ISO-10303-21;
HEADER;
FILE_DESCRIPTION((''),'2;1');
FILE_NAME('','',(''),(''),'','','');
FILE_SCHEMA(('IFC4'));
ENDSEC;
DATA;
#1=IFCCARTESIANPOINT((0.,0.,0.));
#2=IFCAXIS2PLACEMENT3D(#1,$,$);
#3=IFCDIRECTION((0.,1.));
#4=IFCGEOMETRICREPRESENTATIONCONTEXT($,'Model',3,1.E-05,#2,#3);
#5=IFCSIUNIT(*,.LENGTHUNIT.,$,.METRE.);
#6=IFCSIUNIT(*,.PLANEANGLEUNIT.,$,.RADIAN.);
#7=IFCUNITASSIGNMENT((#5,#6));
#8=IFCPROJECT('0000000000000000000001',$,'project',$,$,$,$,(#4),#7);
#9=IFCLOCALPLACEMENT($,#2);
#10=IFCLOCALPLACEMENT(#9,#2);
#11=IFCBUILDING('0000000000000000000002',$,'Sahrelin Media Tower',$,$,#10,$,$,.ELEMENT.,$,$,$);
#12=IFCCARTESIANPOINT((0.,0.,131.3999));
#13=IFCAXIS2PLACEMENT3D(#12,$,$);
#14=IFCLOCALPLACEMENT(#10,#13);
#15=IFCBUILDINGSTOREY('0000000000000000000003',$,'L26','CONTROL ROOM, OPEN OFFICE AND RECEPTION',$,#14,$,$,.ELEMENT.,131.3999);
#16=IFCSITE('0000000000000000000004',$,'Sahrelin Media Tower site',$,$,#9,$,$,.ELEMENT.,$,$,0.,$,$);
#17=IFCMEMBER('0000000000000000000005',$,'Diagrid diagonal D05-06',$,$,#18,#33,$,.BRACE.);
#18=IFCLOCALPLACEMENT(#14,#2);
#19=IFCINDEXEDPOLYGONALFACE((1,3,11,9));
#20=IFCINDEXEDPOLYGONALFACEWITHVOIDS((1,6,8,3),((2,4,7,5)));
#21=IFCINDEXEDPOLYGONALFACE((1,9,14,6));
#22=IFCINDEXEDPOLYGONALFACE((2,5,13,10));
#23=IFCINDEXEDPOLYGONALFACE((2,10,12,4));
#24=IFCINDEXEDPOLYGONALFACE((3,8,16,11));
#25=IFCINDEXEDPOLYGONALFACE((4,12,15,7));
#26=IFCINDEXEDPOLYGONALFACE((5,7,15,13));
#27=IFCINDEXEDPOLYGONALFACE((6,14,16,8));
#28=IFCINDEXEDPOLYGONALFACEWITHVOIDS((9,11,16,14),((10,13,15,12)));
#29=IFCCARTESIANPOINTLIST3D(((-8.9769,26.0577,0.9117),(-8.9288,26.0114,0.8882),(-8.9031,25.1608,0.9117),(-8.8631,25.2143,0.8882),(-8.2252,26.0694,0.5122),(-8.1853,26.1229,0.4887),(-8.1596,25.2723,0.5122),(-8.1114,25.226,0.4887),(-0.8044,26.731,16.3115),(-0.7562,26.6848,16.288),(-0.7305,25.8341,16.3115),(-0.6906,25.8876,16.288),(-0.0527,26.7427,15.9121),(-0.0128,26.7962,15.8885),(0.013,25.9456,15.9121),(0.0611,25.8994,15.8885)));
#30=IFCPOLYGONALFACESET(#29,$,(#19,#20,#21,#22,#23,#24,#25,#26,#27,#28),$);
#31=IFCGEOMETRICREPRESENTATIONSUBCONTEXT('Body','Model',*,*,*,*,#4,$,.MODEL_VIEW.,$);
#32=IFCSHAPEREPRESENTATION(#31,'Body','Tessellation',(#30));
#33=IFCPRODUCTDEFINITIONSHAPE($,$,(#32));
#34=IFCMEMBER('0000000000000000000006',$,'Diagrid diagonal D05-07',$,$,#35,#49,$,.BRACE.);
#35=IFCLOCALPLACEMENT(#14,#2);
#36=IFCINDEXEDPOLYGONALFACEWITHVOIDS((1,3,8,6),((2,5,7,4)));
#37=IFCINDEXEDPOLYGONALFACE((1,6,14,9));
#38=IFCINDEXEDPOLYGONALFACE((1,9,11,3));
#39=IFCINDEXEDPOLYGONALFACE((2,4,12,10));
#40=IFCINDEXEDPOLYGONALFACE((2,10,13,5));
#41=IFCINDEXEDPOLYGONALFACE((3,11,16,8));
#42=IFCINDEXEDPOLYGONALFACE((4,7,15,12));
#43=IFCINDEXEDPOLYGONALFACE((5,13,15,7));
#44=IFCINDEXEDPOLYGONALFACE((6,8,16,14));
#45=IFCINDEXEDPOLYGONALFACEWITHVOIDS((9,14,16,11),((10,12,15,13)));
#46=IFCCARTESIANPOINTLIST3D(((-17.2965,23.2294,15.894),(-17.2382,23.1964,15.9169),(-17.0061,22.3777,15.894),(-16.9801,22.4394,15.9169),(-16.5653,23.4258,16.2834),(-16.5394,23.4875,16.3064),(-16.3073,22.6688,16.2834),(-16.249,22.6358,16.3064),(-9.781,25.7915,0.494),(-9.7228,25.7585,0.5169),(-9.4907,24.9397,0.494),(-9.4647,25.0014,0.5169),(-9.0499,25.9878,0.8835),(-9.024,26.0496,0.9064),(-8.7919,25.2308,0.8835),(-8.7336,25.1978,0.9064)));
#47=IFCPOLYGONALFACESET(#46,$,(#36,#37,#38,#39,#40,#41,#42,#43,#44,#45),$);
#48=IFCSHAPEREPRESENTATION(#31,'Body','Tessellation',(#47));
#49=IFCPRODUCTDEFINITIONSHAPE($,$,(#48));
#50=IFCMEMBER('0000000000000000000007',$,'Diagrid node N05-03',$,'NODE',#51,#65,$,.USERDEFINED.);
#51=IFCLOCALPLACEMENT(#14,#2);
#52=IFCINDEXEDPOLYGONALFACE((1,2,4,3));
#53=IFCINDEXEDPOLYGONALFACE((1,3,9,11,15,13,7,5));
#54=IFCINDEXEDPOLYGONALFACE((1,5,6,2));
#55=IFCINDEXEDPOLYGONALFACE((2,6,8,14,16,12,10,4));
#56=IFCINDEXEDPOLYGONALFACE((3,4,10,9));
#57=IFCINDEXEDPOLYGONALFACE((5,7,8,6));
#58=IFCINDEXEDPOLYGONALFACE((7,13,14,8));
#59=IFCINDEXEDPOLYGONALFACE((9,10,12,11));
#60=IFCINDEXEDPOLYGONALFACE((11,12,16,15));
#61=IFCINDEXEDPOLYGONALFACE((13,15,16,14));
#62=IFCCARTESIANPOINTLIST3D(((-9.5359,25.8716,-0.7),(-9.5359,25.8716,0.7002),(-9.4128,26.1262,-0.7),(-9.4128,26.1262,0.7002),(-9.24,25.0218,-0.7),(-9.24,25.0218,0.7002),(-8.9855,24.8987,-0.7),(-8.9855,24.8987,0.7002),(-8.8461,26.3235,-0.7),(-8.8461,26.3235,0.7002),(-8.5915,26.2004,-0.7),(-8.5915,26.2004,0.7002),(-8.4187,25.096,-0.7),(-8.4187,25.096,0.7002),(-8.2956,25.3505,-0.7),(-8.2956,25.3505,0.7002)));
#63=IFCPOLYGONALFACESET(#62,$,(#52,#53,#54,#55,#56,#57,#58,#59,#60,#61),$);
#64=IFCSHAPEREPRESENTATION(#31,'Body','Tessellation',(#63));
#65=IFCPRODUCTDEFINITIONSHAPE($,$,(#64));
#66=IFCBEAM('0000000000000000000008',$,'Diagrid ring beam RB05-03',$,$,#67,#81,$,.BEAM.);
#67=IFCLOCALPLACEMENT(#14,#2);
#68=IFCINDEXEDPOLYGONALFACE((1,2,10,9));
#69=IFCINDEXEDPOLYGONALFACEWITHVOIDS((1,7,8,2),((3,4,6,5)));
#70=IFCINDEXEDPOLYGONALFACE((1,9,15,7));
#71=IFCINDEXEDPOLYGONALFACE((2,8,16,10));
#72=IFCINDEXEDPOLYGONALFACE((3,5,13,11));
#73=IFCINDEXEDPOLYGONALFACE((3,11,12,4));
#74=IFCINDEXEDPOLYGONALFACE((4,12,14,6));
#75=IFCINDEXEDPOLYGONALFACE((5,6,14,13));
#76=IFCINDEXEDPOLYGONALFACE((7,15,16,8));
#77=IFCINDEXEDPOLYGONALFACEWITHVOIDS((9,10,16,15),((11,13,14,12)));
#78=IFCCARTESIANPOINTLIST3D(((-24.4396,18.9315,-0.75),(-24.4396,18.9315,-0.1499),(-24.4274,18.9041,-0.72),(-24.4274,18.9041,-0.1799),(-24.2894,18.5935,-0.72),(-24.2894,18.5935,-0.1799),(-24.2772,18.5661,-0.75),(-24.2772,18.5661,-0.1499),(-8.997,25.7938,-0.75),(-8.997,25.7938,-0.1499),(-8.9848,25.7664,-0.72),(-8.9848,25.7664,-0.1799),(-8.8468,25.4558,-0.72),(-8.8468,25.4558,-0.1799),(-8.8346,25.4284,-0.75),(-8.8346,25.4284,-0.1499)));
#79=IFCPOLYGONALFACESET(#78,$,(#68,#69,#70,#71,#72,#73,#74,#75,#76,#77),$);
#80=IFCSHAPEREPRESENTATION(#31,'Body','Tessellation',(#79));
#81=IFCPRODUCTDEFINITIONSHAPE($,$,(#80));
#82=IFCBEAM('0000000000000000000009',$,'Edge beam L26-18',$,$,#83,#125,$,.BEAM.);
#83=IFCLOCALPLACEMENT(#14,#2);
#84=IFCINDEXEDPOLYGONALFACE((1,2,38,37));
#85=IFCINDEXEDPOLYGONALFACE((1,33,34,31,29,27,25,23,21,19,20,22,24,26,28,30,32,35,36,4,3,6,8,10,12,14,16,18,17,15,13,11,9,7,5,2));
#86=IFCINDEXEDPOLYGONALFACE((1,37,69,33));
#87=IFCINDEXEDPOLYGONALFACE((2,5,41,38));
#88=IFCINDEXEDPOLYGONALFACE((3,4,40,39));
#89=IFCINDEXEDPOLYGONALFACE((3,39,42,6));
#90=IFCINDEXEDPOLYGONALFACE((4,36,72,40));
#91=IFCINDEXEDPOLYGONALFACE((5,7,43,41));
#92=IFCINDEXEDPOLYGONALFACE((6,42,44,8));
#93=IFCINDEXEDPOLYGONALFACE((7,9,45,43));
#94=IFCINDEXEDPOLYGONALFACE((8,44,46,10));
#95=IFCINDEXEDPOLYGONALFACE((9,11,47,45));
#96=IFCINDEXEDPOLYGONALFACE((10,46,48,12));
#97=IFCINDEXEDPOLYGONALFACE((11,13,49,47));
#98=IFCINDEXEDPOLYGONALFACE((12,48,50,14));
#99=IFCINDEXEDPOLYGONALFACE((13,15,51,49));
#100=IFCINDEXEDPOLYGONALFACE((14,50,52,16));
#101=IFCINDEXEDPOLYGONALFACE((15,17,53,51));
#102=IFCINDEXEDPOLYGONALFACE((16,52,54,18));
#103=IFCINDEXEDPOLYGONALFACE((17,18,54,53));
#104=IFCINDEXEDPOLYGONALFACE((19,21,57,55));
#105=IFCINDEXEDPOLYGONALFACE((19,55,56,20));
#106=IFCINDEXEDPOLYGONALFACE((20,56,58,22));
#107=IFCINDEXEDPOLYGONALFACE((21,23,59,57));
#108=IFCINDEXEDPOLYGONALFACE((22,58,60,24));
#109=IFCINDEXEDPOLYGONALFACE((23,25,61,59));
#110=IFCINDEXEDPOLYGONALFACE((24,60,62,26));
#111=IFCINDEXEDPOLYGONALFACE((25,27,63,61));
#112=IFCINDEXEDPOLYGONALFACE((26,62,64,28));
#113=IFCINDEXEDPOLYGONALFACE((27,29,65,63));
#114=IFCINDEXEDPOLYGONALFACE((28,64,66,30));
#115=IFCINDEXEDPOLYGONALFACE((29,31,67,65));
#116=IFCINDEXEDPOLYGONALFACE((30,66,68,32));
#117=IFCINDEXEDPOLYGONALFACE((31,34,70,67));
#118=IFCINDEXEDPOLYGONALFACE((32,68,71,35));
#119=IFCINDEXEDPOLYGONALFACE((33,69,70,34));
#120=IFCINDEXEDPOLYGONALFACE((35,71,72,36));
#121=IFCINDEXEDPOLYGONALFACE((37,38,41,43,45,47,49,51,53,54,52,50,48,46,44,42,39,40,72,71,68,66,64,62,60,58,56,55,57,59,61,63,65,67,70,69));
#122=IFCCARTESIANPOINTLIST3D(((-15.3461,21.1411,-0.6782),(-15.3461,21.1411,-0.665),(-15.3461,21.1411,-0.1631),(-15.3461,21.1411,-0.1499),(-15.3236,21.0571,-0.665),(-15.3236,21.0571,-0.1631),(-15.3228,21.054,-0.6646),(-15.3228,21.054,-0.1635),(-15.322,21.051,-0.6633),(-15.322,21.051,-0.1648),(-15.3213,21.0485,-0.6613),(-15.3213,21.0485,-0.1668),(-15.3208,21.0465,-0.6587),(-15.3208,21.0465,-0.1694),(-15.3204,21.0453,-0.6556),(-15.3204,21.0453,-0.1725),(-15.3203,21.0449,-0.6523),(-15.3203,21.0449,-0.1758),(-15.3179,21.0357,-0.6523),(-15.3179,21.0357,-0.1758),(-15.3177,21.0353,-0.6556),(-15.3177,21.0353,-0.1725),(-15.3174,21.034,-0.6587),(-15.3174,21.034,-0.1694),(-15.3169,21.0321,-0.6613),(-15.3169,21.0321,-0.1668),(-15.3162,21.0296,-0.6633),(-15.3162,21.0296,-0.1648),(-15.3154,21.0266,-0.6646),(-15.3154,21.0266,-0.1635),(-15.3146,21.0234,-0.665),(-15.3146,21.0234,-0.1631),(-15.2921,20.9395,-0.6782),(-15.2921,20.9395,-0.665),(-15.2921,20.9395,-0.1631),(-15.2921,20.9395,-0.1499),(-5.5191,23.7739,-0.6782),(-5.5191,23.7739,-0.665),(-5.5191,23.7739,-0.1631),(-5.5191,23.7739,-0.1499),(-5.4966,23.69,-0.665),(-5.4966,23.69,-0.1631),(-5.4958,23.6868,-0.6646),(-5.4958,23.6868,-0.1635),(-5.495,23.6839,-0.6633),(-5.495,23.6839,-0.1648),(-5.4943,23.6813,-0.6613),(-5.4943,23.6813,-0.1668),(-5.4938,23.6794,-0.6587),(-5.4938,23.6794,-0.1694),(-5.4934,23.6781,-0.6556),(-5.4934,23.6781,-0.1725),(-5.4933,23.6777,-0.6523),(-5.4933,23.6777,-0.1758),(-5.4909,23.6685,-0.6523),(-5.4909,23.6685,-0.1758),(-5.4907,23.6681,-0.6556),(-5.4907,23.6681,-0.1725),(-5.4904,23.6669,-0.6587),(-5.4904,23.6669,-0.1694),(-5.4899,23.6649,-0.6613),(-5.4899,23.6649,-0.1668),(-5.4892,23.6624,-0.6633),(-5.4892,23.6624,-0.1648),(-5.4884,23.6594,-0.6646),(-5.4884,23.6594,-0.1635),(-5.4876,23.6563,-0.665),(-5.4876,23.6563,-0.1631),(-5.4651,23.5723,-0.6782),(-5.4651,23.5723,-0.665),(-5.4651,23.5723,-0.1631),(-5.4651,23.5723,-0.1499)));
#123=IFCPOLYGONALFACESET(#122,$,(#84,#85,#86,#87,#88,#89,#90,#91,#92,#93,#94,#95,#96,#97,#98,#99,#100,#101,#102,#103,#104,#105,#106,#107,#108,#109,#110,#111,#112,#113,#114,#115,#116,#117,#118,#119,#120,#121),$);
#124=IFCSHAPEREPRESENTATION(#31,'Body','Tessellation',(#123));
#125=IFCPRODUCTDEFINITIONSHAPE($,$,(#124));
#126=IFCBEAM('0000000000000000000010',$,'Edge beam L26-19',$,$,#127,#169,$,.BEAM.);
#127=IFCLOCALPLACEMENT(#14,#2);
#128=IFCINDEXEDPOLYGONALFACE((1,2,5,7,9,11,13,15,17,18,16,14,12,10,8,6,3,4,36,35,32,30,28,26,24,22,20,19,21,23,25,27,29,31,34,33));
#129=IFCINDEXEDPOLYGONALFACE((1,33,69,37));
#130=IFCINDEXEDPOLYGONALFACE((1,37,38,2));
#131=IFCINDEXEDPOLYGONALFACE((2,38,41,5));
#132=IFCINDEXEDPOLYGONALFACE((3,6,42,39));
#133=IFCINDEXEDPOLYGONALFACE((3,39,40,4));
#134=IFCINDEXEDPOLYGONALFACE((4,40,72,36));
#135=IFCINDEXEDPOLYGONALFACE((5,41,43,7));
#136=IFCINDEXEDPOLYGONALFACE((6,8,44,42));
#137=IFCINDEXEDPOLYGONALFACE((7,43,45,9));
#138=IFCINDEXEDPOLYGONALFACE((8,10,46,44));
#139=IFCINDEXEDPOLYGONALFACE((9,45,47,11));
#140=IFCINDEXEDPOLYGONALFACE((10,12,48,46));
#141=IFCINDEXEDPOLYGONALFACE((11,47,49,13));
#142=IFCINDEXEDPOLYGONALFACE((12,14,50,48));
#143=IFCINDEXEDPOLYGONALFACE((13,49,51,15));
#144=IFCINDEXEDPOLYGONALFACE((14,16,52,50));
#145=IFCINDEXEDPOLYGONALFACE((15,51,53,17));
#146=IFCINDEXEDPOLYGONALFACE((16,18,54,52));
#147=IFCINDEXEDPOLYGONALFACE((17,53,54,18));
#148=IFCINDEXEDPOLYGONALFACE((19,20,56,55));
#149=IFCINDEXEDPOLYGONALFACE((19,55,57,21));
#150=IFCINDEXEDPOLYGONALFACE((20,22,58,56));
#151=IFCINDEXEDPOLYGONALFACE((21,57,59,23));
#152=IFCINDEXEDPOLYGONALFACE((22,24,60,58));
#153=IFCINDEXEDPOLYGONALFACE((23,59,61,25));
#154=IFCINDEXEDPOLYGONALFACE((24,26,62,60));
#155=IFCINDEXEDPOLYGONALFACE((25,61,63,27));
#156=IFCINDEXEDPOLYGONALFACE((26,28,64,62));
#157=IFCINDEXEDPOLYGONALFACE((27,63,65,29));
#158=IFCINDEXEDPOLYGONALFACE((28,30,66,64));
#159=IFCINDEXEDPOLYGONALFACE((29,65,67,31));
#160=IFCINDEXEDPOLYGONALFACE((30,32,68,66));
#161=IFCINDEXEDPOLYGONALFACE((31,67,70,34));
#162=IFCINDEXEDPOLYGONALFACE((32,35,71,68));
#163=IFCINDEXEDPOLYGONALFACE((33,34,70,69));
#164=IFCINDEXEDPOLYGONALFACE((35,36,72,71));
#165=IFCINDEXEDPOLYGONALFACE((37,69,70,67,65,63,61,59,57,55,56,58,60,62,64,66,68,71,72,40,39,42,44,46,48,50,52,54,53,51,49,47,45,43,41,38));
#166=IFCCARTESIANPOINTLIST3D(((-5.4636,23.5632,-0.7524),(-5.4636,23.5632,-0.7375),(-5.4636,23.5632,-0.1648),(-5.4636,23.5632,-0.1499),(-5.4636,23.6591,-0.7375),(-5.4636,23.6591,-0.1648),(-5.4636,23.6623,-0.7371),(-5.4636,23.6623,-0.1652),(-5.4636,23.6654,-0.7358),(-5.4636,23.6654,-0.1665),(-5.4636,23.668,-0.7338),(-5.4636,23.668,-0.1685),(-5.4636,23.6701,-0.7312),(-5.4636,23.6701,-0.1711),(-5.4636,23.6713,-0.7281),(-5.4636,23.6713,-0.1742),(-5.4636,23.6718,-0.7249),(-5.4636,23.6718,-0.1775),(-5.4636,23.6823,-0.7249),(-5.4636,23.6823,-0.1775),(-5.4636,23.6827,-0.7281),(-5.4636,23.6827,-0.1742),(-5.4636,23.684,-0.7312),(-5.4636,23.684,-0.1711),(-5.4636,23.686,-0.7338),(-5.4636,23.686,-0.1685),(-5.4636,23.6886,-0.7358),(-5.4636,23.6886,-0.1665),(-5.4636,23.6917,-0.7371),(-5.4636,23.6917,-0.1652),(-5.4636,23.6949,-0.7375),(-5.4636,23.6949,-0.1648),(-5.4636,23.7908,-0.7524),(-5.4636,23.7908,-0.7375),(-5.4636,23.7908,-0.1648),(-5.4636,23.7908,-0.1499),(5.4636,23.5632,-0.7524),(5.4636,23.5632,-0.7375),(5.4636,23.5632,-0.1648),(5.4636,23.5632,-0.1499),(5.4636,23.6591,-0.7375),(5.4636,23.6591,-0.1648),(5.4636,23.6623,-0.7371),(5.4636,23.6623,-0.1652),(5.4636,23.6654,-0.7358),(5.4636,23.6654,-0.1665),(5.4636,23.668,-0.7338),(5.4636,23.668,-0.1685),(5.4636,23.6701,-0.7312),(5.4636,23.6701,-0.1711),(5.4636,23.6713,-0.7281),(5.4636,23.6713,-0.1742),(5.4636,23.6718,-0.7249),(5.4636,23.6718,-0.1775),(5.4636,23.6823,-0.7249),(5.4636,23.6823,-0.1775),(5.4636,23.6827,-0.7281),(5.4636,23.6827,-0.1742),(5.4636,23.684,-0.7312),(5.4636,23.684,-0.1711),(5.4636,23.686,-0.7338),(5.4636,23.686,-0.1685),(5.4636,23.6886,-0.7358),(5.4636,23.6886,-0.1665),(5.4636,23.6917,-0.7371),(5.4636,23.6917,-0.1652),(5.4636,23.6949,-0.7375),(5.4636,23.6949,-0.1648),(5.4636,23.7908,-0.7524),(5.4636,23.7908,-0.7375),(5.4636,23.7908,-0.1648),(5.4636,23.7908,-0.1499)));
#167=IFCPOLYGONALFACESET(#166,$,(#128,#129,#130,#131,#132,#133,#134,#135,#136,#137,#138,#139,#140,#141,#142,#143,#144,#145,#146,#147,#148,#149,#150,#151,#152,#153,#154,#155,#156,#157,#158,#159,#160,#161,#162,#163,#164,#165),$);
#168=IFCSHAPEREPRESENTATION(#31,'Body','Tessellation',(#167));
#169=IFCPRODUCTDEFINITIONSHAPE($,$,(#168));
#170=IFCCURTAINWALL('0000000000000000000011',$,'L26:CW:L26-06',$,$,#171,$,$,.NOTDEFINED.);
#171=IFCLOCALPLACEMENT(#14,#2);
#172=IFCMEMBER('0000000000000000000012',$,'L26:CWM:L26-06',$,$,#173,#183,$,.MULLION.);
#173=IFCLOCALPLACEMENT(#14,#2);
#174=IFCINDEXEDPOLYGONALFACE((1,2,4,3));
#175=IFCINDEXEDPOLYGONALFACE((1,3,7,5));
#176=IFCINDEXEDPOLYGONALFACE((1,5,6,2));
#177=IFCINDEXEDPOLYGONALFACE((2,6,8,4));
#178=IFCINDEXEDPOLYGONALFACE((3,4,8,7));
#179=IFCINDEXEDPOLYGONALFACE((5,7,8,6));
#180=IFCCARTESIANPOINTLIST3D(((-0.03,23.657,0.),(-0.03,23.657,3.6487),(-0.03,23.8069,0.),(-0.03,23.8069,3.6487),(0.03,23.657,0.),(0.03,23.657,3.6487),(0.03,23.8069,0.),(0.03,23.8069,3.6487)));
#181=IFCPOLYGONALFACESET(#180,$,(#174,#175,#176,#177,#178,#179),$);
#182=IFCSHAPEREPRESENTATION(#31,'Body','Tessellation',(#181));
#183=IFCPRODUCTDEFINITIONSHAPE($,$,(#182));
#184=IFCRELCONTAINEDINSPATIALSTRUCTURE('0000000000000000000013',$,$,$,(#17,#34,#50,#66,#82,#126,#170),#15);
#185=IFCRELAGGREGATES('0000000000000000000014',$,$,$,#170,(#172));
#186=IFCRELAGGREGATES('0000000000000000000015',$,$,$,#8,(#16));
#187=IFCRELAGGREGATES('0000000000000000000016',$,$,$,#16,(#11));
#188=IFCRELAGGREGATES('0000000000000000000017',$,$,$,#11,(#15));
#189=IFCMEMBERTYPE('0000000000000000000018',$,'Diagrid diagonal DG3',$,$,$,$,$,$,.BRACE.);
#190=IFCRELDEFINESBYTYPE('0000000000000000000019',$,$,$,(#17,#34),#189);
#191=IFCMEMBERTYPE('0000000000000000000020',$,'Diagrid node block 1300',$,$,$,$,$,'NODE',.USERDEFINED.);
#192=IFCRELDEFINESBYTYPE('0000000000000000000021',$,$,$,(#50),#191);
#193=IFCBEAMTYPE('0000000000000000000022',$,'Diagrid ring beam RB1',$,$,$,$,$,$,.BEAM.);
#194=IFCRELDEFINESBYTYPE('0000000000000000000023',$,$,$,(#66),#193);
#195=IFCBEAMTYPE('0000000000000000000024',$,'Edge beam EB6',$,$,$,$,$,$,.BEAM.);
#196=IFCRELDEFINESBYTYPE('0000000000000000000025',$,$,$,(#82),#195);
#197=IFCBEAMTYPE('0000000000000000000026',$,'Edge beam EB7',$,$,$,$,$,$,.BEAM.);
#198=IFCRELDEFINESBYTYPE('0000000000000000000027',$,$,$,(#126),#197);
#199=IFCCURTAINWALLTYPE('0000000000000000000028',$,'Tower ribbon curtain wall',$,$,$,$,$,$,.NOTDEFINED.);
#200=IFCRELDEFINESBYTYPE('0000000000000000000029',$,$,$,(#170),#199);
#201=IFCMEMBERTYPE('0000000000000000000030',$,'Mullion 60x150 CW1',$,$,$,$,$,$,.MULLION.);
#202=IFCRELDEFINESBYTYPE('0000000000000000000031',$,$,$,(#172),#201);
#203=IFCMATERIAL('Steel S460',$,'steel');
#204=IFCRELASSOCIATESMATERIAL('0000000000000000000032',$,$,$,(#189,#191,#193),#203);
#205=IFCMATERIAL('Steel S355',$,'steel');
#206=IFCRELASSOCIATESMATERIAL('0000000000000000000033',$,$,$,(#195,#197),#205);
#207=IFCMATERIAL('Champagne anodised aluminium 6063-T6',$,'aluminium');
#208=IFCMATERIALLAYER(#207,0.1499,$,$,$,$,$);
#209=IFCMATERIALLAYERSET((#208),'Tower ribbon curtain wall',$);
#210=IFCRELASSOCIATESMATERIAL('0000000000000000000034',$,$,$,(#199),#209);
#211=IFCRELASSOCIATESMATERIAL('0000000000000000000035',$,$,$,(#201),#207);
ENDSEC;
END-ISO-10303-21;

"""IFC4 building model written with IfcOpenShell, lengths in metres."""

from ifc_helpers import new_model, si_unit, direction, frame, origin, origin_2d, place, context, subcontext, project, spatial, polyline, rectangle, hollow_rectangle, i_section, outline, extrude, material, layer, layer_set, material_profile, profile_set, type_object, element, aggregate, save


model = new_model("IFC4")

# Units and contexts
model_context = context("Model", 3, precision=1e-05, world=origin(), true_north=direction((0.0, 1.0)))
body_context = subcontext(model_context, "Body", "Model", "MODEL_VIEW")
ifc_project = project(units=[si_unit("LENGTHUNIT", "METRE"), si_unit("PLANEANGLEUNIT", "RADIAN")], contexts=[model_context])

# Site, building, storey
site_placement = place(None, origin())
site = spatial("IfcSite", under=ifc_project, at=site_placement, Name="Sahrelin Media Tower site", CompositionType="ELEMENT", RefElevation=0.0)
building_placement = place(site_placement, origin())
building = spatial("IfcBuilding", under=site, at=building_placement, Name="Sahrelin Media Tower", CompositionType="ELEMENT")
storey_placement = place(building_placement, frame((0.0, 0.0, 131.3999)))
storey = spatial("IfcBuildingStorey", under=building, at=storey_placement, Name="L26", Description="CONTROL ROOM, OPEN OFFICE AND RECEPTION", CompositionType="ELEMENT", Elevation=131.3999)

# Members
ifc_material_1 = material(Name="Steel S460", Category="steel")
ifc_material_profile_1 = material_profile(ifc_material_1, hollow_rectangle(XDim=0.8999, YDim=0.8999, WallThickness=0.05, at=origin_2d()), Name="Diagrid diagonal DG3")
ifc_profile_set_1 = profile_set([ifc_material_profile_1], Name="Steel S460")
member_type_1 = type_object("IfcMemberType", Name="Diagrid diagonal DG3", PredefinedType="BRACE", material=ifc_profile_set_1)
member_1_placement = place(storey_placement, frame((-8.5442, 25.6418, 0.7002), z_axis=(0.468422, 0.038593, 0.882662), x_axis=(-0.082112, 0.996623, 0.0)))
element("IfcMember", 1, at=member_1_placement, inside=storey, type_object=member_type_1, Name="Diagrid diagonal D05-06", PredefinedType="BRACE", context=body_context, shape_type="SweptSolid", body=[
    extrude(hollow_rectangle(XDim=0.8999, YDim=0.8999, WallThickness=0.05, at=origin_2d()), origin(), (0.0, 0.0, 1.0), 17.447),
])
member_2_placement = place(storey_placement, frame((-9.2573, 25.4946, 0.7002), z_axis=(-0.433755, -0.147868, 0.888815), x_axis=(0.322668, -0.946512, 0.0)))
element("IfcMember", 2, at=member_2_placement, inside=storey, type_object=member_type_1, Name="Diagrid diagonal D05-07", PredefinedType="BRACE", context=body_context, shape_type="SweptSolid", body=[
    extrude(hollow_rectangle(XDim=0.8999, YDim=0.8999, WallThickness=0.05, at=origin_2d()), origin(), (0.0, 0.0, 1.0), 17.3264),
])
ifc_material_profile_2 = material_profile(ifc_material_1, outline(polyline([(0.45, -0.5), (0.6499, -0.3), (0.6499, 0.3), (0.45, 0.5), (-0.45, 0.5), (-0.6499, 0.3), (-0.6499, -0.3), (-0.45, -0.5), (0.45, -0.5)])), Name="Diagrid node block 1300")
ifc_profile_set_2 = profile_set([ifc_material_profile_2], Name="Steel S460")
member_type_2 = type_object("IfcMemberType", Name="Diagrid node block 1300", ElementType="NODE", PredefinedType="USERDEFINED", material=ifc_profile_set_2)
member_3_placement = place(storey_placement, frame((-8.9158, 25.6111, -0.7), z_axis=(0.0, 0.0, 1.0), x_axis=(-0.328769, 0.94441, 0.0)))
element("IfcMember", 3, at=member_3_placement, inside=storey, type_object=member_type_2, Name="Diagrid node N05-03", ObjectType="NODE", PredefinedType="USERDEFINED", context=body_context, shape_type="SweptSolid", body=[
    extrude(outline(polyline([(0.45, -0.5), (0.6499, -0.3), (0.6499, 0.3), (0.45, 0.5), (-0.45, 0.5), (-0.6499, 0.3), (-0.6499, -0.3), (-0.45, -0.5), (0.45, -0.5)])), origin(), (0.0, 0.0, 1.0), 1.4001),
])

# Beams
ifc_material_profile_3 = material_profile(ifc_material_1, hollow_rectangle(XDim=0.3999, YDim=0.6001, WallThickness=0.03, at=origin_2d()), Name="Diagrid ring beam RB1")
ifc_profile_set_3 = profile_set([ifc_material_profile_3], Name="Steel S460")
beam_type_1 = type_object("IfcBeamType", Name="Diagrid ring beam RB1", PredefinedType="BEAM", material=ifc_profile_set_3)
beam_1_placement = place(storey_placement, frame((-8.9158, 25.6111, -0.45), z_axis=(-0.913835, -0.406085, 0.0), x_axis=(0.406085, -0.913835, 0.0)))
element("IfcBeam", 4, at=beam_1_placement, inside=storey, type_object=beam_type_1, Name="Diagrid ring beam RB05-03", PredefinedType="BEAM", context=body_context, shape_type="SweptSolid", body=[
    extrude(hollow_rectangle(XDim=0.3999, YDim=0.6001, WallThickness=0.03, at=origin_2d()), origin(), (0.0, 0.0, 1.0), 16.8987),
])
ifc_material_2 = material(Name="Steel S355", Category="steel")
ifc_material_profile_4 = material_profile(ifc_material_2, i_section(OverallWidth=0.2087, OverallDepth=0.5283, WebThickness=0.0095, FlangeThickness=0.0132, FilletRadius=0.0127, at=origin_2d()), Name="UB 533x210x82")
ifc_profile_set_4 = profile_set([ifc_material_profile_4], Name="Steel S355")
beam_type_2 = type_object("IfcBeamType", Name="Edge beam EB6", PredefinedType="BEAM", material=ifc_profile_set_4)
beam_2_placement = place(storey_placement, frame((-15.3191, 21.0403, -0.4141), z_axis=(0.965933, 0.258792, 0.0), x_axis=(-0.258792, 0.965933, 0.0)))
element("IfcBeam", 5, at=beam_2_placement, inside=storey, type_object=beam_type_2, Name="Edge beam L26-18", PredefinedType="BEAM", context=body_context, shape_type="SweptSolid", body=[
    extrude(i_section(OverallWidth=0.2087, OverallDepth=0.5283, WebThickness=0.0095, FlangeThickness=0.0132, FilletRadius=0.0127, at=origin_2d()), origin(), (0.0, 0.0, 1.0), 10.1736),
])
ifc_material_profile_5 = material_profile(ifc_material_2, i_section(OverallWidth=0.2275, OverallDepth=0.6025, WebThickness=0.0105, FlangeThickness=0.0149, FilletRadius=0.0127, at=origin_2d()), Name="UB 610x229x101")
ifc_profile_set_5 = profile_set([ifc_material_profile_5], Name="Steel S355")
beam_type_3 = type_object("IfcBeamType", Name="Edge beam EB7", PredefinedType="BEAM", material=ifc_profile_set_5)
beam_3_placement = place(storey_placement, frame((-5.4636, 23.677, -0.4512), z_axis=(1.0, 0.0, 0.0), x_axis=(0.0, 1.0, 0.0)))
element("IfcBeam", 6, at=beam_3_placement, inside=storey, type_object=beam_type_3, Name="Edge beam L26-19", PredefinedType="BEAM", context=body_context, shape_type="SweptSolid", body=[
    extrude(i_section(OverallWidth=0.2275, OverallDepth=0.6025, WebThickness=0.0105, FlangeThickness=0.0149, FilletRadius=0.0127, at=origin_2d()), origin(), (0.0, 0.0, 1.0), 10.9272),
])

# Curtain wall, member
ifc_material_3 = material(Name="Champagne anodised aluminium 6063-T6", Category="aluminium")
ifc_layer_1 = layer(ifc_material_3, 0.1499)
ifc_layer_set_1 = layer_set([ifc_layer_1], Name="Tower ribbon curtain wall")
curtain_wall_type = type_object("IfcCurtainWallType", Name="Tower ribbon curtain wall", PredefinedType="NOTDEFINED", material=ifc_layer_set_1)
curtain_wall_1_placement = place(storey_placement, frame((0.0, 23.8269, 0.0), z_axis=(0.0, 0.0, 1.0), x_axis=(1.0, 0.0, 0.0)))
curtain_wall_1 = element("IfcCurtainWall", 7, at=curtain_wall_1_placement, inside=storey, type_object=curtain_wall_type, Name="L26:CW:L26-06", PredefinedType="NOTDEFINED")
ifc_material_profile_6 = material_profile(ifc_material_3, rectangle(XDim=0.0601, YDim=0.1499, at=origin_2d()), Name="Mullion 60x150")
ifc_profile_set_6 = profile_set([ifc_material_profile_6], Name="Champagne anodised aluminium 6063-T6")
member_type_3 = type_object("IfcMemberType", Name="Mullion 60x150 CW1", PredefinedType="MULLION", material=ifc_profile_set_6)
member_4_placement = place(storey_placement, frame((0.0, 23.7319, 0.0), z_axis=(0.0, 0.0, 1.0), x_axis=(-1.0, 0.0, 0.0)))
member_4 = element("IfcMember", 8, at=member_4_placement, type_object=member_type_3, Name="L26:CWM:L26-06", PredefinedType="MULLION", context=body_context, shape_type="SweptSolid", body=[
    extrude(rectangle(XDim=0.0601, YDim=0.1499, at=origin_2d()), origin(), (0.0, 0.0, 1.0), 3.6487),
])
aggregate(curtain_wall_1, [member_4])

save(model, "model.ifc")
